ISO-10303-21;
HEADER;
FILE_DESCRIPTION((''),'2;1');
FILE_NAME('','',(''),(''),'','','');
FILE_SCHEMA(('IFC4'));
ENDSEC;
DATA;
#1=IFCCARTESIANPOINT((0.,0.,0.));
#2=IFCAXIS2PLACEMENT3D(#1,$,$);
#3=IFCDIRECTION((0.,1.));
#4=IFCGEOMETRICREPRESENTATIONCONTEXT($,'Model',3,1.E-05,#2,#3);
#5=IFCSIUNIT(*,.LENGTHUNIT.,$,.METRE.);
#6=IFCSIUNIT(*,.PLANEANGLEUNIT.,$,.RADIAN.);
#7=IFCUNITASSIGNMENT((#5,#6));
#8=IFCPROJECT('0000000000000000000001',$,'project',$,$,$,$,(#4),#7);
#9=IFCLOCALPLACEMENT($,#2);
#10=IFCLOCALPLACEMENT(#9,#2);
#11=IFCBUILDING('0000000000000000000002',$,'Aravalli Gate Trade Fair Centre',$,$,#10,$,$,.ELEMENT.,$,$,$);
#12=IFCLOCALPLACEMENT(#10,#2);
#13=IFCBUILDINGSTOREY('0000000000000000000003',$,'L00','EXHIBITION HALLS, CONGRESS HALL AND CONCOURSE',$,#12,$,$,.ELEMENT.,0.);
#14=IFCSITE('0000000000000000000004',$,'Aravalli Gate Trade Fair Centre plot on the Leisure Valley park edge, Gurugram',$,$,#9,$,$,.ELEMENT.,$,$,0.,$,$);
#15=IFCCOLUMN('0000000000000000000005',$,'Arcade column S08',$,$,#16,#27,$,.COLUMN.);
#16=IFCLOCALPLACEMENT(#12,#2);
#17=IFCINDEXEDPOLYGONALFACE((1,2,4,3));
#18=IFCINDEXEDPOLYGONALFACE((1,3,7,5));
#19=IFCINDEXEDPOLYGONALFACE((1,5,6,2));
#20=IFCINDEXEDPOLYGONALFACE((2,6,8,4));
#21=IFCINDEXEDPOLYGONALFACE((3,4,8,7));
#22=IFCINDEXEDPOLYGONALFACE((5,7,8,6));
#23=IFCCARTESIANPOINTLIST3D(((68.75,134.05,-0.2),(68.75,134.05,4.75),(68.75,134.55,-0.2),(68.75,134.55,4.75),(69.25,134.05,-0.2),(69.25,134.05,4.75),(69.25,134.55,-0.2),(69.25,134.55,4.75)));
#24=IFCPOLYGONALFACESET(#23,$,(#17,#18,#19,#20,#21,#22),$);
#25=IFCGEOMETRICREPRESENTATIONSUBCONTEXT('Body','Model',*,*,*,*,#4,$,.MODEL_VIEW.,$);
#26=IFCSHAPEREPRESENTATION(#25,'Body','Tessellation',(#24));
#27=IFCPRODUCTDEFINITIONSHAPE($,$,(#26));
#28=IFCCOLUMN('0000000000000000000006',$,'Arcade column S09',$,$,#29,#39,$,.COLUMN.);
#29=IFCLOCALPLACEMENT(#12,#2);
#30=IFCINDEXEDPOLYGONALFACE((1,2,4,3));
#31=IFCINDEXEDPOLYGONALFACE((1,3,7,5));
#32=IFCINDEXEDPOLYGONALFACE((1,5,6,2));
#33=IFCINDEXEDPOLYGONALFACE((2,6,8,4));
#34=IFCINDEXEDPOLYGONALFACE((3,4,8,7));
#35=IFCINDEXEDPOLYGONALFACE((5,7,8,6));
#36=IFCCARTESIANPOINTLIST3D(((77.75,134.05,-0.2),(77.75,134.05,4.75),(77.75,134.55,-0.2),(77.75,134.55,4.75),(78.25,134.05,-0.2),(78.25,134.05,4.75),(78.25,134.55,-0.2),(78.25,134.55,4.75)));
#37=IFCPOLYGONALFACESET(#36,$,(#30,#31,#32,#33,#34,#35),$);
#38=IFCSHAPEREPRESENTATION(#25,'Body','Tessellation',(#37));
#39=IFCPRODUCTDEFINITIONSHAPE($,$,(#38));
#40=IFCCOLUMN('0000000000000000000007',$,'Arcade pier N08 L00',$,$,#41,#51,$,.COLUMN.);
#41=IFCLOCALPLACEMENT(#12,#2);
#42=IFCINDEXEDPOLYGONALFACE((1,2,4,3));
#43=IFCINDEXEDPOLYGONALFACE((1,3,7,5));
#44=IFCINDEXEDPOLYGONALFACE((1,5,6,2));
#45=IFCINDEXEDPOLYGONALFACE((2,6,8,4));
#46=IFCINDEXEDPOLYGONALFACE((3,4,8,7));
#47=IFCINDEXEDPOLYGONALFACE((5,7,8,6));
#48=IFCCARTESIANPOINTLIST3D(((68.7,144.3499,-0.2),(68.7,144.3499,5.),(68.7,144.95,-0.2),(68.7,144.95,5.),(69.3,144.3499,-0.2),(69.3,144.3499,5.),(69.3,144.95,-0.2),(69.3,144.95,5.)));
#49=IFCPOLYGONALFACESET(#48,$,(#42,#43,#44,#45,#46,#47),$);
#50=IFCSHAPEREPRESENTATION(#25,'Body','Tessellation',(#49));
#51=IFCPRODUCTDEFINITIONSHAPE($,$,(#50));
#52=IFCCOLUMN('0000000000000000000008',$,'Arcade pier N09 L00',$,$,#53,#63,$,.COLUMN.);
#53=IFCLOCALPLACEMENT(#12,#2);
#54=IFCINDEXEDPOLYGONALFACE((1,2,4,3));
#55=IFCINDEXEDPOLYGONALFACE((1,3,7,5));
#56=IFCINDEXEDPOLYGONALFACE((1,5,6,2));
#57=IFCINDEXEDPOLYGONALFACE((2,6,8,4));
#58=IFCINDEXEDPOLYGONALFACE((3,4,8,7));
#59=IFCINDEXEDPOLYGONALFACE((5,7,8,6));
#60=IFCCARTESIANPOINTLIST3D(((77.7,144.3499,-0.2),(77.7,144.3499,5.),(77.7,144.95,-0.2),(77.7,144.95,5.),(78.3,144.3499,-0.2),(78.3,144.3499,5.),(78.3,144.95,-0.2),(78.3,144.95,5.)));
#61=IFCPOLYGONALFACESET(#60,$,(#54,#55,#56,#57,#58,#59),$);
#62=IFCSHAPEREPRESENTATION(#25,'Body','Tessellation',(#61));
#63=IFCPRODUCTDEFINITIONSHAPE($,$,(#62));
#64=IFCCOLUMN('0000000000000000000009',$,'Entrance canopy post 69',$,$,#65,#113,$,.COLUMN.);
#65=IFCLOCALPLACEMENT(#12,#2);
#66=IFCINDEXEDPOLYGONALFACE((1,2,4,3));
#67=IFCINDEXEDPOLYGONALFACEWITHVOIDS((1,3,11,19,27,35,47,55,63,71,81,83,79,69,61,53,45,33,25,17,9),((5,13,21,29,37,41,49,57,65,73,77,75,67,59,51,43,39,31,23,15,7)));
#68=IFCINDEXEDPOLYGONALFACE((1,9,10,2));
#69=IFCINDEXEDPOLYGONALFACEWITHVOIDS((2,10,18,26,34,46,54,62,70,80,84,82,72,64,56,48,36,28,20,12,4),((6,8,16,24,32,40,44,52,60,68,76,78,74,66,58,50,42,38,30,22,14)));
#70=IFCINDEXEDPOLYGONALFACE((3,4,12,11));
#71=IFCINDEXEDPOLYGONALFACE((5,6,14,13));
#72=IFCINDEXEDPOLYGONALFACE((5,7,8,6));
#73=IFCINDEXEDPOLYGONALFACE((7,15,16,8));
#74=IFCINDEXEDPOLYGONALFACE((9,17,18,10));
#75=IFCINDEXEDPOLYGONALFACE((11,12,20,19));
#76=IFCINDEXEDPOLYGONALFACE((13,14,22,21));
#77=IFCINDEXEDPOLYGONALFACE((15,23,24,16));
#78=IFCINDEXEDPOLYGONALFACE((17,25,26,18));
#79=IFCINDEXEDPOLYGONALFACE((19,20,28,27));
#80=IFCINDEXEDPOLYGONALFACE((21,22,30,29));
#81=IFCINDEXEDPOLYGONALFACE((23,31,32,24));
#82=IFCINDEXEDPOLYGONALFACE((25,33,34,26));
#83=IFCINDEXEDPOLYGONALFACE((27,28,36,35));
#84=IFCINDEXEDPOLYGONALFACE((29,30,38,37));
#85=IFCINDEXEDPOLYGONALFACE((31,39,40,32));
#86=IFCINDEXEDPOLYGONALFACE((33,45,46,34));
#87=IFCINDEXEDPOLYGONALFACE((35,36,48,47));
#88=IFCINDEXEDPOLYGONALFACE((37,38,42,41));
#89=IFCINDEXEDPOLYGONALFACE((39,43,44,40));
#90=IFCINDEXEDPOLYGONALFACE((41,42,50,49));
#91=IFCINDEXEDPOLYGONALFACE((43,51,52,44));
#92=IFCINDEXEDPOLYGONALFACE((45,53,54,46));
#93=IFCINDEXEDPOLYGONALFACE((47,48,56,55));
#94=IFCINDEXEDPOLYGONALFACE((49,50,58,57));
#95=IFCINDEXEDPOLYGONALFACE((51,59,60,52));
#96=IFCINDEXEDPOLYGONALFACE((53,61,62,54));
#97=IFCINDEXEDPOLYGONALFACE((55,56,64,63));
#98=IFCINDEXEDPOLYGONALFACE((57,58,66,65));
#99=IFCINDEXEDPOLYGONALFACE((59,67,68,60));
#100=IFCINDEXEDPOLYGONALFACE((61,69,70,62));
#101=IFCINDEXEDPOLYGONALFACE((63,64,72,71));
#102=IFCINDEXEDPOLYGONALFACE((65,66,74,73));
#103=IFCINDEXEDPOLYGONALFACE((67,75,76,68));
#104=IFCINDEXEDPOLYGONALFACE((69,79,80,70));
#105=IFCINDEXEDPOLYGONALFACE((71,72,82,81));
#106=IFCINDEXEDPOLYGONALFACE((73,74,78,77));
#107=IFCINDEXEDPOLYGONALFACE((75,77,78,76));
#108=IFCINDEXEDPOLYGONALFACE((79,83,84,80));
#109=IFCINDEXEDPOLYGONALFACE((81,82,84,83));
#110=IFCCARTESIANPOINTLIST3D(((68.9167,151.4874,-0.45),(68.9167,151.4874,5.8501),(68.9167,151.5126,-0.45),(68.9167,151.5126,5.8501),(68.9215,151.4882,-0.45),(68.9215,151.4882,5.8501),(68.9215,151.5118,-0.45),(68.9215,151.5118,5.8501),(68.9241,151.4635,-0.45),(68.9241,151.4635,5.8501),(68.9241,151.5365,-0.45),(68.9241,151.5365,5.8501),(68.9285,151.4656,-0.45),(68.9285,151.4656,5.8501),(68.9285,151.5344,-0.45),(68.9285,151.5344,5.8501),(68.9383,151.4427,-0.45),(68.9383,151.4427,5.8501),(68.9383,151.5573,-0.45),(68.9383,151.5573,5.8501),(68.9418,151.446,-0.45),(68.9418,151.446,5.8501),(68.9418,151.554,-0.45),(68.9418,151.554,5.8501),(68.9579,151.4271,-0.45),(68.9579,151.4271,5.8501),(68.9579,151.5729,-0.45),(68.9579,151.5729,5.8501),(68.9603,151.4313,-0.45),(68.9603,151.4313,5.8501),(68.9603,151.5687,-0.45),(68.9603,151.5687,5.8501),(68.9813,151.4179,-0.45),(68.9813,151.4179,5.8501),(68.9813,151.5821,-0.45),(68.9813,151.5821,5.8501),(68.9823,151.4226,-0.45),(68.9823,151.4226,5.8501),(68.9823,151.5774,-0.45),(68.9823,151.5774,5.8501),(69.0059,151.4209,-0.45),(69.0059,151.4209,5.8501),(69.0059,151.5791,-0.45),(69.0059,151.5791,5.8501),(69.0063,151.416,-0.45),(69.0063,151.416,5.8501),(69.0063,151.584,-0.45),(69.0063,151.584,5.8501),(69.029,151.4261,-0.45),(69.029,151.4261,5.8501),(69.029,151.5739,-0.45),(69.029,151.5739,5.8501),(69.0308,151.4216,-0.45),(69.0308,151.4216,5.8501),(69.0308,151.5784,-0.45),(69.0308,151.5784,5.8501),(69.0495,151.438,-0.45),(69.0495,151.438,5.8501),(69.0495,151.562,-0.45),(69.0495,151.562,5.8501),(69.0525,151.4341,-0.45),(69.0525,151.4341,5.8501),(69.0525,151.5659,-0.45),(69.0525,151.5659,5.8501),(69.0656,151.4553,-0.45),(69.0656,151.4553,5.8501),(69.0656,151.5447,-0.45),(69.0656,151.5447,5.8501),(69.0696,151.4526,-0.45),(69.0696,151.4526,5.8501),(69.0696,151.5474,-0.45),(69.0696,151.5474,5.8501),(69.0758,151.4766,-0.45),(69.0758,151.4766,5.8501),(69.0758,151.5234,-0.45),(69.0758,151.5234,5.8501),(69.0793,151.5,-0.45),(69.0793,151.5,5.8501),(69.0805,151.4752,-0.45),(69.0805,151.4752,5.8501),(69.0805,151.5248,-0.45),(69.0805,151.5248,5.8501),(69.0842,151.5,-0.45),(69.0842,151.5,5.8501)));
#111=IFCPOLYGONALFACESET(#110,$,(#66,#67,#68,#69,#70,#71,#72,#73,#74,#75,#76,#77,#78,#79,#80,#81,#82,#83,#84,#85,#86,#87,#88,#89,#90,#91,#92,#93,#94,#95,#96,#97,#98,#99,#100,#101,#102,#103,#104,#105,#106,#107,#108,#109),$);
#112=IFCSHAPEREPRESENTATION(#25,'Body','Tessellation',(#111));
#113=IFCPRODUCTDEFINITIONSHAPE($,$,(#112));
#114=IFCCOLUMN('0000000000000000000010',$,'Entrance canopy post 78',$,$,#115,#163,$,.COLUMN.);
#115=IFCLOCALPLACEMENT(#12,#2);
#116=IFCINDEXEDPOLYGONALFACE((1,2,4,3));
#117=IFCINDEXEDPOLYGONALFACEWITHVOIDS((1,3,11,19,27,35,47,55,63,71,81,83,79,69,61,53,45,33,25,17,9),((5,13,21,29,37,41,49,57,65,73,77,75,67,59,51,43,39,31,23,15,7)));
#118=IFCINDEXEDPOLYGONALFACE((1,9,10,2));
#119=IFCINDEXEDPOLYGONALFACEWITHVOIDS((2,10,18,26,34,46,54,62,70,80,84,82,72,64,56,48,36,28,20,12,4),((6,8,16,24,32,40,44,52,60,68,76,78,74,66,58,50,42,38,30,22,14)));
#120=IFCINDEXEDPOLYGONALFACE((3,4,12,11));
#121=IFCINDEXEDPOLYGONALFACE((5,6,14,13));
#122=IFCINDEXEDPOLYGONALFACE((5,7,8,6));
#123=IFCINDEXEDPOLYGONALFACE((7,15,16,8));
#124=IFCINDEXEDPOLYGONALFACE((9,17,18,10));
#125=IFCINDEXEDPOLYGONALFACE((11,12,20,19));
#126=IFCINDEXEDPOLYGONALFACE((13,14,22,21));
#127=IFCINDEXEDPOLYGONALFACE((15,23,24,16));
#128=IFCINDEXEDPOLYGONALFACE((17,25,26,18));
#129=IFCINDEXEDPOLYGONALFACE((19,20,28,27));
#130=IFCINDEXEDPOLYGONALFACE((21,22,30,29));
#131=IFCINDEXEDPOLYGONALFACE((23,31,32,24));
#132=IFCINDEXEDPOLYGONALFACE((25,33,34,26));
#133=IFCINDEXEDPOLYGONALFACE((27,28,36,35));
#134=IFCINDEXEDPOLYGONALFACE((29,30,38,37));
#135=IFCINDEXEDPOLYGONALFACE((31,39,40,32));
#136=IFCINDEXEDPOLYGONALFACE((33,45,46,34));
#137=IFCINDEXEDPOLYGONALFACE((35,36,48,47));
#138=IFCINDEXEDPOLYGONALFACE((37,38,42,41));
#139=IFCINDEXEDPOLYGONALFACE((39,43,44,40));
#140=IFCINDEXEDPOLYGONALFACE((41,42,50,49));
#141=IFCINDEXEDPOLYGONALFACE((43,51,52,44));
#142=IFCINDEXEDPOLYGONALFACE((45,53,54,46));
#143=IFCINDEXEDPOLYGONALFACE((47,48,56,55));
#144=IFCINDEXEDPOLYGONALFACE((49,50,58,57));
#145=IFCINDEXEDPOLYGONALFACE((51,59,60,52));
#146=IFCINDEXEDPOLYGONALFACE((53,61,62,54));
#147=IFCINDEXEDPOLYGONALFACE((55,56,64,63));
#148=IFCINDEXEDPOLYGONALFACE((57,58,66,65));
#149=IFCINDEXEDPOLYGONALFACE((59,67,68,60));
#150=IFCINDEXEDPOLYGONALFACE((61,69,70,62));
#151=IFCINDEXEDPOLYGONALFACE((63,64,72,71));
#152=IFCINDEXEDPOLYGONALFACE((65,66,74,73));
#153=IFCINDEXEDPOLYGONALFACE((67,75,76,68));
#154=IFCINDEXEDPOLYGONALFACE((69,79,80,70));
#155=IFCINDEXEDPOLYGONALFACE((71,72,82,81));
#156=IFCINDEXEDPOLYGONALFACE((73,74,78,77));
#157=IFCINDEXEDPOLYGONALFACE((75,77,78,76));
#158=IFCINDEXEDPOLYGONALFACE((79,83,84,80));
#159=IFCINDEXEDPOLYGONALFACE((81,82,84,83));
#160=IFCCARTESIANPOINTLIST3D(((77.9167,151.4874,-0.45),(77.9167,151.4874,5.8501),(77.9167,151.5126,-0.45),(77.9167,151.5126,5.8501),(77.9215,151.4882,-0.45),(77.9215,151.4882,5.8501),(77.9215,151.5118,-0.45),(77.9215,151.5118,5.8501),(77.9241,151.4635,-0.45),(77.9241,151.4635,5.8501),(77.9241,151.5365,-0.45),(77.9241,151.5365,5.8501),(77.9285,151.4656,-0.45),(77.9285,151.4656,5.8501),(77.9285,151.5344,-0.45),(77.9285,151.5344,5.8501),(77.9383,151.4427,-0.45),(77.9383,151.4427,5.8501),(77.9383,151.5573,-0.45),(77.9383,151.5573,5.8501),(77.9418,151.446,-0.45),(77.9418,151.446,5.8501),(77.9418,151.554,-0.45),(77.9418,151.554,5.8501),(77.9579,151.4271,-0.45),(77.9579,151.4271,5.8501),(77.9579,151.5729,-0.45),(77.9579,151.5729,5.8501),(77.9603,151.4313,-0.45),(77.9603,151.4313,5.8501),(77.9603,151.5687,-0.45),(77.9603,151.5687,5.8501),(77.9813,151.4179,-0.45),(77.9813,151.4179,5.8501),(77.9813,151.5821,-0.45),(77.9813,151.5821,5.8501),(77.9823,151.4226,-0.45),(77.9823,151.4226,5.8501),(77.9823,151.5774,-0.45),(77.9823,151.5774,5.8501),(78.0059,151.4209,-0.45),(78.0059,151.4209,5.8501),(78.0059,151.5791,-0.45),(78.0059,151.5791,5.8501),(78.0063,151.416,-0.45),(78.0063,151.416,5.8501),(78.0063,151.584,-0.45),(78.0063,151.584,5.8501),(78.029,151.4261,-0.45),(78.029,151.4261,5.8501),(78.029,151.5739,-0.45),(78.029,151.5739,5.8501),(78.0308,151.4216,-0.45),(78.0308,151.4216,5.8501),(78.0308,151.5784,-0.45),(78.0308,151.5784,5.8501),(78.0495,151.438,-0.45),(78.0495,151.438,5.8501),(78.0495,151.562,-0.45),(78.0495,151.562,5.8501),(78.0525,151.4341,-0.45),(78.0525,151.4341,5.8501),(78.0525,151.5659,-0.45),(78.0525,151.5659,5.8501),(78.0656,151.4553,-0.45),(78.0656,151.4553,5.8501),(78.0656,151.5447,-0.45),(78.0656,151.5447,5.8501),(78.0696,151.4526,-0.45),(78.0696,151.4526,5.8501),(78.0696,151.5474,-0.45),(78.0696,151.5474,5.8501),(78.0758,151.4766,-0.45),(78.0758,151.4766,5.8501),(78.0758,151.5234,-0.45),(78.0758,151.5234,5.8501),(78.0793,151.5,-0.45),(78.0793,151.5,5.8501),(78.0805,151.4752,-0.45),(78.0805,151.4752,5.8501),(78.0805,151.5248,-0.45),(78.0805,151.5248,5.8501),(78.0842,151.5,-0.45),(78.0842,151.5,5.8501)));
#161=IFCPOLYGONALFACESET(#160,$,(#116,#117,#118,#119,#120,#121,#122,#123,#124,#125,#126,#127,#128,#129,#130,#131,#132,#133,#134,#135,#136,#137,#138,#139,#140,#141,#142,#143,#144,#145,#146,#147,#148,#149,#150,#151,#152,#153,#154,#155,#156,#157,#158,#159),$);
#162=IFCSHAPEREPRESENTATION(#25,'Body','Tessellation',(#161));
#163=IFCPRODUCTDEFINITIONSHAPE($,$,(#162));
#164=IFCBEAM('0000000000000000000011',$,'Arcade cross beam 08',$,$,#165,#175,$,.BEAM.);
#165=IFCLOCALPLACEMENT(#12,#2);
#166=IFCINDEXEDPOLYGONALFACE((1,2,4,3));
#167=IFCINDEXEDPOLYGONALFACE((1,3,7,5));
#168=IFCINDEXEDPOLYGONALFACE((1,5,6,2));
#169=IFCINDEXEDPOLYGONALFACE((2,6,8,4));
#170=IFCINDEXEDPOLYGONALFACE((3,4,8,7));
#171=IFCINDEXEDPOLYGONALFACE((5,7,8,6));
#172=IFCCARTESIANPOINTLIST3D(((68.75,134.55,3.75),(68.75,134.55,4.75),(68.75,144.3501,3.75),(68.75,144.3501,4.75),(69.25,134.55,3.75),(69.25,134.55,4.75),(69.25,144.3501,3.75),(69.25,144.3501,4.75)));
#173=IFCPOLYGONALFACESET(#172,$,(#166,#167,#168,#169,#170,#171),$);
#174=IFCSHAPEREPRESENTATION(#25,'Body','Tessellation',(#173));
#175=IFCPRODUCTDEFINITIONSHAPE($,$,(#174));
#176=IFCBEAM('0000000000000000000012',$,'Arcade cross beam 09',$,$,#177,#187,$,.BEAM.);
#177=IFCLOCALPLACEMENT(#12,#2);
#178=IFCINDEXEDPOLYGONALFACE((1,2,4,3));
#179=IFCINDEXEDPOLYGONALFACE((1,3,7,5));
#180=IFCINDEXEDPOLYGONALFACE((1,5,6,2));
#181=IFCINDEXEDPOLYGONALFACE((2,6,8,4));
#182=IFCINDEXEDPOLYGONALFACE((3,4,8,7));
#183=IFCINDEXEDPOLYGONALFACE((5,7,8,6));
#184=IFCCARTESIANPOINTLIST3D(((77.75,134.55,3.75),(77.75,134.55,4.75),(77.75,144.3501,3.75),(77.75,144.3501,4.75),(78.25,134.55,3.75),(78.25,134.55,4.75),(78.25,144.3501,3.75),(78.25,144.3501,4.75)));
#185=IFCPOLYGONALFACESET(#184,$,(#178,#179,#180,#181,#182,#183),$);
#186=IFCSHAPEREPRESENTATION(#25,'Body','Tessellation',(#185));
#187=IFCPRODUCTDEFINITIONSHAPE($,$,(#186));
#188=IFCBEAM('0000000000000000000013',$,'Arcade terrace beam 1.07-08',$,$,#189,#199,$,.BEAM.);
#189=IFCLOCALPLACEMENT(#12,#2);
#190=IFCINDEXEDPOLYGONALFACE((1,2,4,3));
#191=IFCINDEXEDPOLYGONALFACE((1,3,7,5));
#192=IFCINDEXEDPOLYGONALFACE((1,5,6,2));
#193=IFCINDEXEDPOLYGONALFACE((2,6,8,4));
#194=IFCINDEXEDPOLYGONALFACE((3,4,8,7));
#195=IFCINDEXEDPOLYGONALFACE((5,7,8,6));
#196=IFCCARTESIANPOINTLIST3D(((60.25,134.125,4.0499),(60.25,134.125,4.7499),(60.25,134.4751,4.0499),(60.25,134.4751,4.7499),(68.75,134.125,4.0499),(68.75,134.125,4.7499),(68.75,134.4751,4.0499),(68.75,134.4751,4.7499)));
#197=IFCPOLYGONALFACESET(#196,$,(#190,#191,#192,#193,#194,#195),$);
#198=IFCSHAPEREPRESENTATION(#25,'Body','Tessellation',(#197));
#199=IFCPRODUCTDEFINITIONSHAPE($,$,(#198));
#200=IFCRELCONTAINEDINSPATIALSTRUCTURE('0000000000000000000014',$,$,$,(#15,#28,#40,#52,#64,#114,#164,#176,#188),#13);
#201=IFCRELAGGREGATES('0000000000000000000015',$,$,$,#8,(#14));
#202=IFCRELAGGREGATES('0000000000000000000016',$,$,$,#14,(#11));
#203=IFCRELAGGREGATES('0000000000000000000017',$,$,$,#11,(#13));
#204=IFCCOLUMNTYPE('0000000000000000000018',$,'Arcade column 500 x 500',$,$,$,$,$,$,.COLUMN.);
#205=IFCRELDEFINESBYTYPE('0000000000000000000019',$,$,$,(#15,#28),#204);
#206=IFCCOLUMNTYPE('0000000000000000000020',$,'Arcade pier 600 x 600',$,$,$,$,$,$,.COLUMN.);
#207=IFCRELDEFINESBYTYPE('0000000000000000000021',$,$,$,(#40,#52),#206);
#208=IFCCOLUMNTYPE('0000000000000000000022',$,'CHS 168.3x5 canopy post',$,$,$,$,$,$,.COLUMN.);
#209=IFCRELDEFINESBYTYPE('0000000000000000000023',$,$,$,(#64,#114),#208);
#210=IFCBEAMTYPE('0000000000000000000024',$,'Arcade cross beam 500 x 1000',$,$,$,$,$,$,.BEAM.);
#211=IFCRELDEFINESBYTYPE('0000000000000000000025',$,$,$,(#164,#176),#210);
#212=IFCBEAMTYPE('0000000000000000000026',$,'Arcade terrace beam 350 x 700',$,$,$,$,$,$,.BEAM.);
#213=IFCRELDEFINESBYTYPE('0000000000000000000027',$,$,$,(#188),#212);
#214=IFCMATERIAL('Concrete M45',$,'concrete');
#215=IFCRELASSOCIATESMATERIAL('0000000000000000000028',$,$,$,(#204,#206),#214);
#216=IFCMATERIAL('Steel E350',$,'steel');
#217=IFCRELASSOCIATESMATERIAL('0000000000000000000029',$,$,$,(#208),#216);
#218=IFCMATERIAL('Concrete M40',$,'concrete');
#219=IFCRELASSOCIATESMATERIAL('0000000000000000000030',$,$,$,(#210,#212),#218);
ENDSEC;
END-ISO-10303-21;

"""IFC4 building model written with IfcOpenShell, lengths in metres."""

from ifc_helpers import new_model, si_unit, direction, frame, origin, origin_2d, place, context, subcontext, project, spatial, rectangle, hollow_circle, extrude, material, material_profile, profile_set, type_object, element, save


model = new_model("IFC4")

# Units and contexts
model_context = context("Model", 3, precision=1e-05, world=origin(), true_north=direction((0.0, 1.0)))
body_context = subcontext(model_context, "Body", "Model", "MODEL_VIEW")
ifc_project = project(units=[si_unit("LENGTHUNIT", "METRE"), si_unit("PLANEANGLEUNIT", "RADIAN")], contexts=[model_context])

# Site, building, storey
site_placement = place(None, origin())
site = spatial("IfcSite", under=ifc_project, at=site_placement, Name="Aravalli Gate Trade Fair Centre plot on the Leisure Valley park edge, Gurugram", CompositionType="ELEMENT", RefElevation=0.0)
building_placement = place(site_placement, origin())
building = spatial("IfcBuilding", under=site, at=building_placement, Name="Aravalli Gate Trade Fair Centre", CompositionType="ELEMENT")
storey_placement = place(building_placement, origin())
storey = spatial("IfcBuildingStorey", under=building, at=storey_placement, Name="L00", Description="EXHIBITION HALLS, CONGRESS HALL AND CONCOURSE", CompositionType="ELEMENT", Elevation=0.0)

# Columns
ifc_material_1 = material(Name="Concrete M45", Category="concrete")
ifc_material_profile_1 = material_profile(ifc_material_1, rectangle(XDim=0.5, YDim=0.5, at=origin_2d()), Name="Arcade column 500 x 500")
ifc_profile_set_1 = profile_set([ifc_material_profile_1], Name="Concrete M45")
column_type_1 = type_object("IfcColumnType", Name="Arcade column 500 x 500", PredefinedType="COLUMN", material=ifc_profile_set_1)
for number, where, z_axis, x_axis, name in (
    (1, (69.0, 134.3, -0.2), (0.0, 0.0, 1.0), (1.0, 0.0, 0.0), "Arcade column S08"),
    (2, (78.0, 134.3, -0.2), (0.0, 0.0, 1.0), (1.0, 0.0, 0.0), "Arcade column S09"),
):
    element("IfcColumn", number, at=place(storey_placement, frame(where, z_axis=z_axis, x_axis=x_axis)), inside=storey, type_object=column_type_1, Name=name, PredefinedType="COLUMN", context=body_context, shape_type="SweptSolid", body=[
        extrude(rectangle(XDim=0.5, YDim=0.5, at=origin_2d()), origin(), (0.0, 0.0, 1.0), 4.95),
    ])
ifc_material_profile_2 = material_profile(ifc_material_1, rectangle(XDim=0.6001, YDim=0.6001, at=origin_2d()), Name="Arcade pier 600 x 600")
ifc_profile_set_2 = profile_set([ifc_material_profile_2], Name="Concrete M45")
column_type_2 = type_object("IfcColumnType", Name="Arcade pier 600 x 600", PredefinedType="COLUMN", material=ifc_profile_set_2)
for number, where, z_axis, x_axis, name in (
    (3, (69.0, 144.6499, -0.2), (0.0, 0.0, 1.0), (1.0, 0.0, 0.0), "Arcade pier N08 L00"),
    (4, (78.0, 144.6499, -0.2), (0.0, 0.0, 1.0), (1.0, 0.0, 0.0), "Arcade pier N09 L00"),
):
    element("IfcColumn", number, at=place(storey_placement, frame(where, z_axis=z_axis, x_axis=x_axis)), inside=storey, type_object=column_type_2, Name=name, PredefinedType="COLUMN", context=body_context, shape_type="SweptSolid", body=[
        extrude(rectangle(XDim=0.6001, YDim=0.6001, at=origin_2d()), origin(), (0.0, 0.0, 1.0), 5.2),
    ])
ifc_material_2 = material(Name="Steel E350", Category="steel")
ifc_material_profile_3 = material_profile(ifc_material_2, hollow_circle(Radius=0.0842, WallThickness=0.0049, at=origin_2d()), Name="CHS 168.3x5")
ifc_profile_set_3 = profile_set([ifc_material_profile_3], Name="Steel E350")
column_type_3 = type_object("IfcColumnType", Name="CHS 168.3x5 canopy post", PredefinedType="COLUMN", material=ifc_profile_set_3)
for number, where, z_axis, x_axis, name in (
    (5, (69.0, 151.5, -0.45), (0.0, 0.0, 1.0), (1.0, 0.0, 0.0), "Entrance canopy post 69"),
    (6, (78.0, 151.5, -0.45), (0.0, 0.0, 1.0), (1.0, 0.0, 0.0), "Entrance canopy post 78"),
):
    element("IfcColumn", number, at=place(storey_placement, frame(where, z_axis=z_axis, x_axis=x_axis)), inside=storey, type_object=column_type_3, Name=name, PredefinedType="COLUMN", context=body_context, shape_type="SweptSolid", body=[
        extrude(hollow_circle(Radius=0.0842, WallThickness=0.0049, at=origin_2d()), origin(), (0.0, 0.0, 1.0), 6.3),
    ])

# Beams
ifc_material_3 = material(Name="Concrete M40", Category="concrete")
ifc_material_profile_4 = material_profile(ifc_material_3, rectangle(XDim=0.5, YDim=1.0, at=origin_2d()), Name="Arcade cross beam 500 x 1000")
ifc_profile_set_4 = profile_set([ifc_material_profile_4], Name="Concrete M40")
beam_type_1 = type_object("IfcBeamType", Name="Arcade cross beam 500 x 1000", PredefinedType="BEAM", material=ifc_profile_set_4)
for number, where, z_axis, x_axis, name in (
    (7, (69.0, 134.55, 4.25), (0.0, 1.0, 0.0), (-1.0, 0.0, 0.0), "Arcade cross beam 08"),
    (8, (78.0, 134.55, 4.25), (0.0, 1.0, 0.0), (-1.0, 0.0, 0.0), "Arcade cross beam 09"),
):
    element("IfcBeam", number, at=place(storey_placement, frame(where, z_axis=z_axis, x_axis=x_axis)), inside=storey, type_object=beam_type_1, Name=name, PredefinedType="BEAM", context=body_context, shape_type="SweptSolid", body=[
        extrude(rectangle(XDim=0.5, YDim=1.0, at=origin_2d()), origin(), (0.0, 0.0, 1.0), 9.8),
    ])
ifc_material_profile_5 = material_profile(ifc_material_3, rectangle(XDim=0.3501, YDim=0.7, at=origin_2d()), Name="Arcade terrace beam 350 x 700")
ifc_profile_set_5 = profile_set([ifc_material_profile_5], Name="Concrete M40")
beam_type_2 = type_object("IfcBeamType", Name="Arcade terrace beam 350 x 700", PredefinedType="BEAM", material=ifc_profile_set_5)
for number, where, z_axis, x_axis, name in (
    (9, (60.25, 134.3, 4.3999), (1.0, 0.0, 0.0), (0.0, 1.0, 0.0), "Arcade terrace beam 1.07-08"),
):
    element("IfcBeam", number, at=place(storey_placement, frame(where, z_axis=z_axis, x_axis=x_axis)), inside=storey, type_object=beam_type_2, Name=name, PredefinedType="BEAM", context=body_context, shape_type="SweptSolid", body=[
        extrude(rectangle(XDim=0.3501, YDim=0.7, at=origin_2d()), origin(), (0.0, 0.0, 1.0), 8.5),
    ])

save(model, "model.ifc")
